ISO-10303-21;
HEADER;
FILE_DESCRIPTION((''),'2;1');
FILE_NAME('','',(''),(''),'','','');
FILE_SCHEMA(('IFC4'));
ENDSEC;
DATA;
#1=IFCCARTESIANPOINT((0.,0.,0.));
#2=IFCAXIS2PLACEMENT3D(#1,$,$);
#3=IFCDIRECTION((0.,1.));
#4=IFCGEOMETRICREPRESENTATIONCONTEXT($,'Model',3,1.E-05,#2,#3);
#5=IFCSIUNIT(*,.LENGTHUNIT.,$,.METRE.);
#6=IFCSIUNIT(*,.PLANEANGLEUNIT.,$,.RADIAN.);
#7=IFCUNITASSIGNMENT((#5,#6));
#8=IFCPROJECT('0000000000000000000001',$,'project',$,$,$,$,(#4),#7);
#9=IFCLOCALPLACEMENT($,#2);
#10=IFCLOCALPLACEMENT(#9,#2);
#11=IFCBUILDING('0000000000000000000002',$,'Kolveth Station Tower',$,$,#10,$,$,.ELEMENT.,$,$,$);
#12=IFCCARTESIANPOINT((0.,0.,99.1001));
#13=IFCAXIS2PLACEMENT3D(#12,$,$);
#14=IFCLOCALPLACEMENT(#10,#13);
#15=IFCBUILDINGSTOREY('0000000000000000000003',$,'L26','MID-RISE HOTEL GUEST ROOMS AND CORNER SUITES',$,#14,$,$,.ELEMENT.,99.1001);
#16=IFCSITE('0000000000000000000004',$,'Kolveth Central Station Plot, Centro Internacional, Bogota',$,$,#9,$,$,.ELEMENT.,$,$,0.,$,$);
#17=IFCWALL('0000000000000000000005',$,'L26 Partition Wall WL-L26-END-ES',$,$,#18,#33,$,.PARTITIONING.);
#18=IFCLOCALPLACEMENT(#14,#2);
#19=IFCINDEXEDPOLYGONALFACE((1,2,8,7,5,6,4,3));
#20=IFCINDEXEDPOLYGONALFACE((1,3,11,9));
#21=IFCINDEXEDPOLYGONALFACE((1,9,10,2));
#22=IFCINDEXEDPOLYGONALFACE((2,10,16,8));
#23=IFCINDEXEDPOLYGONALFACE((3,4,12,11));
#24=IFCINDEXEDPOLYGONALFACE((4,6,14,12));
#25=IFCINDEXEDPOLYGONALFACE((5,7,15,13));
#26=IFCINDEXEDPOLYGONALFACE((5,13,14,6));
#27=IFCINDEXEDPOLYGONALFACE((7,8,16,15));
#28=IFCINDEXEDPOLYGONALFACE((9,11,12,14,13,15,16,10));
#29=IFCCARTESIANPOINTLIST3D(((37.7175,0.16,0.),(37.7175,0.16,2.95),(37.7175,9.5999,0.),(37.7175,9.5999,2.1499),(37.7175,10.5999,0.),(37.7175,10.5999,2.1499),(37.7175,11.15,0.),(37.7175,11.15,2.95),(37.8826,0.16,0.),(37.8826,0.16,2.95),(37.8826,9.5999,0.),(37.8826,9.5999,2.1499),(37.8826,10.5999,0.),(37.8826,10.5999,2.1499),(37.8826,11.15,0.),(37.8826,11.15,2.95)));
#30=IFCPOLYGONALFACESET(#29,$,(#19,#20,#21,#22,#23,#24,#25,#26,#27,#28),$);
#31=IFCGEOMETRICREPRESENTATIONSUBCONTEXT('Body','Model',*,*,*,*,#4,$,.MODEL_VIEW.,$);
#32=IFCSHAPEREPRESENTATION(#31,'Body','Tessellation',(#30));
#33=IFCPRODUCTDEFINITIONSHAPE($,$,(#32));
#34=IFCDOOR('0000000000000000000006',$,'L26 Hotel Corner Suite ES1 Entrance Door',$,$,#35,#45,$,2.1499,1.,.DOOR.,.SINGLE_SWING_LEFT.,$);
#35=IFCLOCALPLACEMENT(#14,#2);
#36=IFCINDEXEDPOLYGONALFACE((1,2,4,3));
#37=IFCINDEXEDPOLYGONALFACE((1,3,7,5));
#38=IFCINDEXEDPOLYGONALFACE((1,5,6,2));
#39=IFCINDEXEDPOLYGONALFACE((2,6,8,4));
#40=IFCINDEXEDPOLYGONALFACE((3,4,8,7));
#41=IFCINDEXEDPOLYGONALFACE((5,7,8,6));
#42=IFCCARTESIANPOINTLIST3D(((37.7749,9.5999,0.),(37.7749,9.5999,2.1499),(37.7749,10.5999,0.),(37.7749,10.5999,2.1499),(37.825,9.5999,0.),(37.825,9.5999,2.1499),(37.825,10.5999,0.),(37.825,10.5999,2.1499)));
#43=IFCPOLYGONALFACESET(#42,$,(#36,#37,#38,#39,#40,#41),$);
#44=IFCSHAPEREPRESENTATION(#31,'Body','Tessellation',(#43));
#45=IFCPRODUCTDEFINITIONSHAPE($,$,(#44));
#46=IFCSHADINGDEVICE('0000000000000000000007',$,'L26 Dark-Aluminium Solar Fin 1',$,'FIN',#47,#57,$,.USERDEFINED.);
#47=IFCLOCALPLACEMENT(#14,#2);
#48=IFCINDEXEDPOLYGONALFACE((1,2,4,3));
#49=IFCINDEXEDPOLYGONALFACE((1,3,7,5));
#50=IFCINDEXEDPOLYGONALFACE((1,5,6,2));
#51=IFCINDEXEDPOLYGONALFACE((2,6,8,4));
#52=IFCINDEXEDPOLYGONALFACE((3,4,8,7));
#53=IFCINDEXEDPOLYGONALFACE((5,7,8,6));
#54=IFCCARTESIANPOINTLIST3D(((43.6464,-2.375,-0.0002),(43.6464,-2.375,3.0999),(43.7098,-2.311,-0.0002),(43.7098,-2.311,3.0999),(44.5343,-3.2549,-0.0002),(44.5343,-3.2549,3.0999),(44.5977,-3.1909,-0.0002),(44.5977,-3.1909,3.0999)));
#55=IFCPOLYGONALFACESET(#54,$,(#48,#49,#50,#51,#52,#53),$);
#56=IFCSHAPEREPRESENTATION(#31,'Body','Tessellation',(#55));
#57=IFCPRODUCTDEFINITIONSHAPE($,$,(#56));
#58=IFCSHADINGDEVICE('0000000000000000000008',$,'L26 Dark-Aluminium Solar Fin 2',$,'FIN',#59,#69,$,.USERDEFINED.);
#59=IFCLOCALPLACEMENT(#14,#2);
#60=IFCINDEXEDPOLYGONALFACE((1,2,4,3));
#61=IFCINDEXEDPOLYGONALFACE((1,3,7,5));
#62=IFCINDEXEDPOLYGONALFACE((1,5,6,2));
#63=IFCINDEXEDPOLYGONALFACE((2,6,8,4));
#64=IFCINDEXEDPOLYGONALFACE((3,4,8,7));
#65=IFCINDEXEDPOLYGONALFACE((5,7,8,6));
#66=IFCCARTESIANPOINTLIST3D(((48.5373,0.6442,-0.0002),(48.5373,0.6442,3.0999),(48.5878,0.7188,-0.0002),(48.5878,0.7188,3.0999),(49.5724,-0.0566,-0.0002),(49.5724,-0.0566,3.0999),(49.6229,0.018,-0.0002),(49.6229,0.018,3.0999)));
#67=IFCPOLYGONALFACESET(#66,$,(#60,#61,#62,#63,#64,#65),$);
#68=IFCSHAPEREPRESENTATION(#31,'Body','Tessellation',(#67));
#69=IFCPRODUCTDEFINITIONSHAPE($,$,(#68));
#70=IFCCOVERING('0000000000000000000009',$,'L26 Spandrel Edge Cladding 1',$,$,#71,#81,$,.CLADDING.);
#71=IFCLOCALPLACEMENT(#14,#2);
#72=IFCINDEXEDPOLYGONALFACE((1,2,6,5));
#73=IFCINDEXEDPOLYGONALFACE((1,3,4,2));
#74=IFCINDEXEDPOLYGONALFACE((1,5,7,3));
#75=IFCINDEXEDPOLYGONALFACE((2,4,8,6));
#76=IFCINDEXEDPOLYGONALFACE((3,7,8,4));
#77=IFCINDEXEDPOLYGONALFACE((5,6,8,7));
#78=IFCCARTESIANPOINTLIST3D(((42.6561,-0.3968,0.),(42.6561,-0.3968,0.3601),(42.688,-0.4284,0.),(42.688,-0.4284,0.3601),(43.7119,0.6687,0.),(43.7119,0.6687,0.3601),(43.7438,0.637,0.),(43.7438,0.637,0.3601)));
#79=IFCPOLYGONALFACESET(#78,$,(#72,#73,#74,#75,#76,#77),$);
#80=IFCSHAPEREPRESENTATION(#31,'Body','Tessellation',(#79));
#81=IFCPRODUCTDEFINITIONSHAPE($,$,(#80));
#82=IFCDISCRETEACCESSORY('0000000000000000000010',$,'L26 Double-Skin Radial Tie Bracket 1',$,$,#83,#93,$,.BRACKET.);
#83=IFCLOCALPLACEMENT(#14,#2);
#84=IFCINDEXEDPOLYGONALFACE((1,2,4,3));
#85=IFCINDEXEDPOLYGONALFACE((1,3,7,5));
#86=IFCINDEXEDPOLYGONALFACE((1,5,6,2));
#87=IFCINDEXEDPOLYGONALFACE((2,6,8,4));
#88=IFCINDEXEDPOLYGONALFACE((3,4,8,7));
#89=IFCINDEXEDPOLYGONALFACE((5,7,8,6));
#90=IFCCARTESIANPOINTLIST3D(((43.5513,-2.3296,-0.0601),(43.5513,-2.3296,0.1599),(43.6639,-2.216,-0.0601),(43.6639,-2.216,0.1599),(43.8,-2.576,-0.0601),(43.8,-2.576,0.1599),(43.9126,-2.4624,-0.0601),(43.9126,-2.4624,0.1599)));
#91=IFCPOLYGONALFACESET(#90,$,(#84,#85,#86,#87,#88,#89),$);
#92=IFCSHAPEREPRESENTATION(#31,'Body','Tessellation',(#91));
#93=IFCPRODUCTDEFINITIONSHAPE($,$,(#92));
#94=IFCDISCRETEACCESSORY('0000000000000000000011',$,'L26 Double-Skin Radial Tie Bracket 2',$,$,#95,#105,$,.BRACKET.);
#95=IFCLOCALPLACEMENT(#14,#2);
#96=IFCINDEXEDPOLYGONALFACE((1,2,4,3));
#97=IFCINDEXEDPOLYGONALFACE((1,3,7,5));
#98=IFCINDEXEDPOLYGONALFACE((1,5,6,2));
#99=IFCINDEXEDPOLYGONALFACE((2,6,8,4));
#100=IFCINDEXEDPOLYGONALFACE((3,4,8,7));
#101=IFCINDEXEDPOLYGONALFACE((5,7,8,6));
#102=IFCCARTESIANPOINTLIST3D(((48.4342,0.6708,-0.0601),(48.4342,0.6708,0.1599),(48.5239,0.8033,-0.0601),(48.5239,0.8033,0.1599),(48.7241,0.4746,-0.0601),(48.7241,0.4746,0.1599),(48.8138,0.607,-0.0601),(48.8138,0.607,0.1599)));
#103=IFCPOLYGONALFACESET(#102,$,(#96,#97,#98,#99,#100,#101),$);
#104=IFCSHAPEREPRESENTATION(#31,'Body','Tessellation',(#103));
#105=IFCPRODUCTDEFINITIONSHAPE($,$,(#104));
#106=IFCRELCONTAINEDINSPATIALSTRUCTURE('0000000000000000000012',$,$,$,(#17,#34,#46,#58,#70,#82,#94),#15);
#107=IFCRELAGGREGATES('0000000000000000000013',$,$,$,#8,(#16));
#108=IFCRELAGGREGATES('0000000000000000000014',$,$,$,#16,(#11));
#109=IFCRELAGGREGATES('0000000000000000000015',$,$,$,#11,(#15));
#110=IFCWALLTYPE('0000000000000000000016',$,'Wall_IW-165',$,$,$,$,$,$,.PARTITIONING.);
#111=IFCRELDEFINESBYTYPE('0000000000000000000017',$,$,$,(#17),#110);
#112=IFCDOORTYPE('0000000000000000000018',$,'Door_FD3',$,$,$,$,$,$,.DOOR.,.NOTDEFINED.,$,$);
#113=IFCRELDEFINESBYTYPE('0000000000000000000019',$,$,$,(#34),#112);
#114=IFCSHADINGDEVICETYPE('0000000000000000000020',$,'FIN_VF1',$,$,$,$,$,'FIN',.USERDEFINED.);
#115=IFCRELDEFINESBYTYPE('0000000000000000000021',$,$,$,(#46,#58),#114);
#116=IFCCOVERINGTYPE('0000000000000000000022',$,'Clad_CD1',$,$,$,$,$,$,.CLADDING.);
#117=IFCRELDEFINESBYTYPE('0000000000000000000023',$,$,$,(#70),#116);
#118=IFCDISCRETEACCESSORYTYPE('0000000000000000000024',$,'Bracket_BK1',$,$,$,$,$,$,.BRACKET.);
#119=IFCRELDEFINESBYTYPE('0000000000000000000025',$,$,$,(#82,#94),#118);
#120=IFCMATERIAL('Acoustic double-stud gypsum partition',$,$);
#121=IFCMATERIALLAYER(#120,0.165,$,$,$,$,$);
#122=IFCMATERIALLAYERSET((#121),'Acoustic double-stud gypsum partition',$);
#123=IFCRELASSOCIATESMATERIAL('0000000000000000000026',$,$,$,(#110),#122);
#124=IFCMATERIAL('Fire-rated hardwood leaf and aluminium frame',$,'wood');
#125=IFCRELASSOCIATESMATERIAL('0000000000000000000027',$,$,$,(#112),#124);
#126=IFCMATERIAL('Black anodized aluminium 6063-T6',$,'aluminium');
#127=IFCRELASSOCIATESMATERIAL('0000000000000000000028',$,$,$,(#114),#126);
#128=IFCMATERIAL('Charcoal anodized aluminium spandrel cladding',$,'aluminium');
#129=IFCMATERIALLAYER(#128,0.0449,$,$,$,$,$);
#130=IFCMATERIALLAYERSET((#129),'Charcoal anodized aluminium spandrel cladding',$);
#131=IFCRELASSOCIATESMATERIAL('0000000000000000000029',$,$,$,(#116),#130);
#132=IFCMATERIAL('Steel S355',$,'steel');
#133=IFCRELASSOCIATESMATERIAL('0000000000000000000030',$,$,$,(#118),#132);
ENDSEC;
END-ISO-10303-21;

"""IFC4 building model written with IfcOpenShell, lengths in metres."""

from ifc_helpers import new_model, si_unit, direction, frame, frame_2d, origin, origin_2d, place, context, subcontext, project, spatial, rectangle, extrude, source, transform, mapped, material, layer, layer_set, type_object, element, fill, save


model = new_model("IFC4")

# Units and contexts
model_context = context("Model", 3, precision=1e-05, world=origin(), true_north=direction((0.0, 1.0)))
body_context = subcontext(model_context, "Body", "Model", "MODEL_VIEW")
ifc_project = project(units=[si_unit("LENGTHUNIT", "METRE"), si_unit("PLANEANGLEUNIT", "RADIAN")], contexts=[model_context])

# Site, building, storey
site_placement = place(None, origin())
site = spatial("IfcSite", under=ifc_project, at=site_placement, Name="Kolveth Central Station Plot, Centro Internacional, Bogota", CompositionType="ELEMENT", RefElevation=0.0)
building_placement = place(site_placement, origin())
building = spatial("IfcBuilding", under=site, at=building_placement, Name="Kolveth Station Tower", CompositionType="ELEMENT")
storey_placement = place(building_placement, frame((0.0, 0.0, 99.1001)))
storey = spatial("IfcBuildingStorey", under=building, at=storey_placement, Name="L26", Description="MID-RISE HOTEL GUEST ROOMS AND CORNER SUITES", CompositionType="ELEMENT", Elevation=99.1001)

# Shared definitions
ifc_material_1 = material(Name="Steel S355", Category="steel")

# Shared definitions
ifc_material_2 = material(Name="Black anodized aluminium 6063-T6", Category="aluminium")

# Wall, opening, door
ifc_material_3 = material(Name="Acoustic double-stud gypsum partition")
ifc_layer_1 = layer(ifc_material_3, 0.165)
ifc_layer_set_1 = layer_set([ifc_layer_1], Name="Acoustic double-stud gypsum partition")
wall_type = type_object("IfcWallType", Name="Wall_IW-165", PredefinedType="PARTITIONING", material=ifc_layer_set_1)
wall_placement = place(storey_placement, frame((37.8, 0.1599, 0.0), z_axis=(0.0, 0.0, 1.0), x_axis=(0.0, 1.0, 0.0)))
wall = element("IfcWall", 1, at=wall_placement, inside=storey, type_object=wall_type, Name="L26 Partition Wall WL-L26-END-ES", PredefinedType="PARTITIONING", context=body_context, shape_type="SweptSolid", body=[
    extrude(rectangle(XDim=10.99, YDim=0.165, at=frame_2d((5.4951, 0.0))), origin(), (0.0, 0.0, 1.0), 2.95),
])
opening_placement = place(wall_placement, frame((9.4399, 0.0, 0.0)))
opening = element("IfcOpeningElement", 2, at=opening_placement, cuts=wall, PredefinedType="OPENING", context=body_context, shape_type="SweptSolid", body=[
    extrude(rectangle(XDim=1.0, YDim=2.1499, at=frame_2d((0.5, 1.075))), frame((0.0, 0.0925, 0.0), z_axis=(0.0, -1.0, 0.0), x_axis=(1.0, 0.0, 0.0)), (0.0, 0.0, 1.0), 0.1851),
])
ifc_material_4 = material(Name="Fire-rated hardwood leaf and aluminium frame", Category="wood")
door_type = type_object("IfcDoorType", Name="Door_FD3", OperationType="NOTDEFINED", PredefinedType="DOOR", material=ifc_material_4)
door_placement = place(opening_placement, frame((1.0, 0.0, 0.0), z_axis=(0.0, 0.0, 1.0), x_axis=(-1.0, 0.0, 0.0)))
door = element("IfcDoor", 3, at=door_placement, inside=storey, type_object=door_type, Name="L26 Hotel Corner Suite ES1 Entrance Door", OperationType="SINGLE_SWING_LEFT", OverallHeight=2.1499, OverallWidth=1.0, PredefinedType="DOOR", context=body_context, shape_type="SweptSolid", body=[
    extrude(rectangle(XDim=1.0, YDim=2.1499, at=frame_2d((0.5, 1.075))), frame((0.0, 0.0249, 0.0), z_axis=(0.0, -1.0, 0.0), x_axis=(1.0, 0.0, 0.0)), (0.0, 0.0, 1.0), 0.05),
])
fill(opening, door)

# Shading devices
shading_device_type = type_object("IfcShadingDeviceType", Name="FIN_VF1", ElementType="FIN", PredefinedType="USERDEFINED", material=ifc_material_2)
shared_shape_1 = source(origin(), body_context, "Body", "SweptSolid", [
    extrude(rectangle(XDim=1.25, YDim=0.0901, at=origin_2d()), origin(), (0.0, 0.0, 1.0), 3.1001),
])
for number, where, z_axis, x_axis, name in (
    (4, (44.1221, -2.783, -0.0002), (0.0, 0.0, 1.0), (0.710308, -0.703891, 0.0), "L26 Dark-Aluminium Solar Fin 1"),
    (5, (49.0801, 0.3311, -0.0002), (0.0, 0.0, 1.0), (0.82806, -0.560639, 0.0), "L26 Dark-Aluminium Solar Fin 2"),
):
    element("IfcShadingDevice", number, at=place(storey_placement, frame(where, z_axis=z_axis, x_axis=x_axis)), inside=storey, type_object=shading_device_type, Name=name, ObjectType="FIN", PredefinedType="USERDEFINED", context=body_context, shape_type="MappedRepresentation", body=[
        mapped(shared_shape_1, transform((0.0, 0.0, 0.0), x_axis=(1.0, 0.0, 0.0), y_axis=(0.0, 1.0, 0.0), z_axis=(0.0, 0.0, 1.0), scale=1.0)),
    ])

# Covering
ifc_material_5 = material(Name="Charcoal anodized aluminium spandrel cladding", Category="aluminium")
ifc_layer_2 = layer(ifc_material_5, 0.0449)
ifc_layer_set_2 = layer_set([ifc_layer_2], Name="Charcoal anodized aluminium spandrel cladding")
covering_type = type_object("IfcCoveringType", Name="Clad_CD1", PredefinedType="CLADDING", material=ifc_layer_set_2)
shared_shape_2 = source(origin(), body_context, "Body", "SweptSolid", [
    extrude(rectangle(XDim=1.5, YDim=0.0449, at=origin_2d()), origin(), (0.0, 0.0, 1.0), 0.3601),
])
covering_placement = place(storey_placement, frame((43.2, 0.1201, 0.0), z_axis=(0.0, 0.0, 1.0), x_axis=(0.703891, 0.710308, 0.0)))
element("IfcCovering", 6, at=covering_placement, inside=storey, type_object=covering_type, Name="L26 Spandrel Edge Cladding 1", PredefinedType="CLADDING", context=body_context, shape_type="MappedRepresentation", body=[
    mapped(shared_shape_2, transform((0.0, 0.0, 0.0), x_axis=(1.0, 0.0, 0.0), y_axis=(0.0, 1.0, 0.0), z_axis=(0.0, 0.0, 1.0), scale=1.0)),
])

# Discrete accessories
discrete_accessory_type = type_object("IfcDiscreteAccessoryType", Name="Bracket_BK1", PredefinedType="BRACKET", material=ifc_material_1)
shared_shape_3 = source(origin(), body_context, "Body", "SweptSolid", [
    extrude(rectangle(XDim=0.3501, YDim=0.1599, at=origin_2d()), origin(), (0.0, 0.0, 1.0), 0.22),
])
for number, where, z_axis, x_axis, name in (
    (7, (43.7319, -2.396, -0.0601), (0.0, 0.0, 1.0), (0.710308, -0.703891, 0.0), "L26 Double-Skin Radial Tie Bracket 1"),
    (8, (48.624, 0.6389, -0.0601), (0.0, 0.0, 1.0), (0.82806, -0.560639, 0.0), "L26 Double-Skin Radial Tie Bracket 2"),
):
    element("IfcDiscreteAccessory", number, at=place(storey_placement, frame(where, z_axis=z_axis, x_axis=x_axis)), inside=storey, type_object=discrete_accessory_type, Name=name, PredefinedType="BRACKET", context=body_context, shape_type="MappedRepresentation", body=[
        mapped(shared_shape_3, transform((0.0, 0.0, 0.0), x_axis=(1.0, 0.0, 0.0), y_axis=(0.0, 1.0, 0.0), z_axis=(0.0, 0.0, 1.0), scale=1.0)),
    ])

save(model, "model.ifc")
